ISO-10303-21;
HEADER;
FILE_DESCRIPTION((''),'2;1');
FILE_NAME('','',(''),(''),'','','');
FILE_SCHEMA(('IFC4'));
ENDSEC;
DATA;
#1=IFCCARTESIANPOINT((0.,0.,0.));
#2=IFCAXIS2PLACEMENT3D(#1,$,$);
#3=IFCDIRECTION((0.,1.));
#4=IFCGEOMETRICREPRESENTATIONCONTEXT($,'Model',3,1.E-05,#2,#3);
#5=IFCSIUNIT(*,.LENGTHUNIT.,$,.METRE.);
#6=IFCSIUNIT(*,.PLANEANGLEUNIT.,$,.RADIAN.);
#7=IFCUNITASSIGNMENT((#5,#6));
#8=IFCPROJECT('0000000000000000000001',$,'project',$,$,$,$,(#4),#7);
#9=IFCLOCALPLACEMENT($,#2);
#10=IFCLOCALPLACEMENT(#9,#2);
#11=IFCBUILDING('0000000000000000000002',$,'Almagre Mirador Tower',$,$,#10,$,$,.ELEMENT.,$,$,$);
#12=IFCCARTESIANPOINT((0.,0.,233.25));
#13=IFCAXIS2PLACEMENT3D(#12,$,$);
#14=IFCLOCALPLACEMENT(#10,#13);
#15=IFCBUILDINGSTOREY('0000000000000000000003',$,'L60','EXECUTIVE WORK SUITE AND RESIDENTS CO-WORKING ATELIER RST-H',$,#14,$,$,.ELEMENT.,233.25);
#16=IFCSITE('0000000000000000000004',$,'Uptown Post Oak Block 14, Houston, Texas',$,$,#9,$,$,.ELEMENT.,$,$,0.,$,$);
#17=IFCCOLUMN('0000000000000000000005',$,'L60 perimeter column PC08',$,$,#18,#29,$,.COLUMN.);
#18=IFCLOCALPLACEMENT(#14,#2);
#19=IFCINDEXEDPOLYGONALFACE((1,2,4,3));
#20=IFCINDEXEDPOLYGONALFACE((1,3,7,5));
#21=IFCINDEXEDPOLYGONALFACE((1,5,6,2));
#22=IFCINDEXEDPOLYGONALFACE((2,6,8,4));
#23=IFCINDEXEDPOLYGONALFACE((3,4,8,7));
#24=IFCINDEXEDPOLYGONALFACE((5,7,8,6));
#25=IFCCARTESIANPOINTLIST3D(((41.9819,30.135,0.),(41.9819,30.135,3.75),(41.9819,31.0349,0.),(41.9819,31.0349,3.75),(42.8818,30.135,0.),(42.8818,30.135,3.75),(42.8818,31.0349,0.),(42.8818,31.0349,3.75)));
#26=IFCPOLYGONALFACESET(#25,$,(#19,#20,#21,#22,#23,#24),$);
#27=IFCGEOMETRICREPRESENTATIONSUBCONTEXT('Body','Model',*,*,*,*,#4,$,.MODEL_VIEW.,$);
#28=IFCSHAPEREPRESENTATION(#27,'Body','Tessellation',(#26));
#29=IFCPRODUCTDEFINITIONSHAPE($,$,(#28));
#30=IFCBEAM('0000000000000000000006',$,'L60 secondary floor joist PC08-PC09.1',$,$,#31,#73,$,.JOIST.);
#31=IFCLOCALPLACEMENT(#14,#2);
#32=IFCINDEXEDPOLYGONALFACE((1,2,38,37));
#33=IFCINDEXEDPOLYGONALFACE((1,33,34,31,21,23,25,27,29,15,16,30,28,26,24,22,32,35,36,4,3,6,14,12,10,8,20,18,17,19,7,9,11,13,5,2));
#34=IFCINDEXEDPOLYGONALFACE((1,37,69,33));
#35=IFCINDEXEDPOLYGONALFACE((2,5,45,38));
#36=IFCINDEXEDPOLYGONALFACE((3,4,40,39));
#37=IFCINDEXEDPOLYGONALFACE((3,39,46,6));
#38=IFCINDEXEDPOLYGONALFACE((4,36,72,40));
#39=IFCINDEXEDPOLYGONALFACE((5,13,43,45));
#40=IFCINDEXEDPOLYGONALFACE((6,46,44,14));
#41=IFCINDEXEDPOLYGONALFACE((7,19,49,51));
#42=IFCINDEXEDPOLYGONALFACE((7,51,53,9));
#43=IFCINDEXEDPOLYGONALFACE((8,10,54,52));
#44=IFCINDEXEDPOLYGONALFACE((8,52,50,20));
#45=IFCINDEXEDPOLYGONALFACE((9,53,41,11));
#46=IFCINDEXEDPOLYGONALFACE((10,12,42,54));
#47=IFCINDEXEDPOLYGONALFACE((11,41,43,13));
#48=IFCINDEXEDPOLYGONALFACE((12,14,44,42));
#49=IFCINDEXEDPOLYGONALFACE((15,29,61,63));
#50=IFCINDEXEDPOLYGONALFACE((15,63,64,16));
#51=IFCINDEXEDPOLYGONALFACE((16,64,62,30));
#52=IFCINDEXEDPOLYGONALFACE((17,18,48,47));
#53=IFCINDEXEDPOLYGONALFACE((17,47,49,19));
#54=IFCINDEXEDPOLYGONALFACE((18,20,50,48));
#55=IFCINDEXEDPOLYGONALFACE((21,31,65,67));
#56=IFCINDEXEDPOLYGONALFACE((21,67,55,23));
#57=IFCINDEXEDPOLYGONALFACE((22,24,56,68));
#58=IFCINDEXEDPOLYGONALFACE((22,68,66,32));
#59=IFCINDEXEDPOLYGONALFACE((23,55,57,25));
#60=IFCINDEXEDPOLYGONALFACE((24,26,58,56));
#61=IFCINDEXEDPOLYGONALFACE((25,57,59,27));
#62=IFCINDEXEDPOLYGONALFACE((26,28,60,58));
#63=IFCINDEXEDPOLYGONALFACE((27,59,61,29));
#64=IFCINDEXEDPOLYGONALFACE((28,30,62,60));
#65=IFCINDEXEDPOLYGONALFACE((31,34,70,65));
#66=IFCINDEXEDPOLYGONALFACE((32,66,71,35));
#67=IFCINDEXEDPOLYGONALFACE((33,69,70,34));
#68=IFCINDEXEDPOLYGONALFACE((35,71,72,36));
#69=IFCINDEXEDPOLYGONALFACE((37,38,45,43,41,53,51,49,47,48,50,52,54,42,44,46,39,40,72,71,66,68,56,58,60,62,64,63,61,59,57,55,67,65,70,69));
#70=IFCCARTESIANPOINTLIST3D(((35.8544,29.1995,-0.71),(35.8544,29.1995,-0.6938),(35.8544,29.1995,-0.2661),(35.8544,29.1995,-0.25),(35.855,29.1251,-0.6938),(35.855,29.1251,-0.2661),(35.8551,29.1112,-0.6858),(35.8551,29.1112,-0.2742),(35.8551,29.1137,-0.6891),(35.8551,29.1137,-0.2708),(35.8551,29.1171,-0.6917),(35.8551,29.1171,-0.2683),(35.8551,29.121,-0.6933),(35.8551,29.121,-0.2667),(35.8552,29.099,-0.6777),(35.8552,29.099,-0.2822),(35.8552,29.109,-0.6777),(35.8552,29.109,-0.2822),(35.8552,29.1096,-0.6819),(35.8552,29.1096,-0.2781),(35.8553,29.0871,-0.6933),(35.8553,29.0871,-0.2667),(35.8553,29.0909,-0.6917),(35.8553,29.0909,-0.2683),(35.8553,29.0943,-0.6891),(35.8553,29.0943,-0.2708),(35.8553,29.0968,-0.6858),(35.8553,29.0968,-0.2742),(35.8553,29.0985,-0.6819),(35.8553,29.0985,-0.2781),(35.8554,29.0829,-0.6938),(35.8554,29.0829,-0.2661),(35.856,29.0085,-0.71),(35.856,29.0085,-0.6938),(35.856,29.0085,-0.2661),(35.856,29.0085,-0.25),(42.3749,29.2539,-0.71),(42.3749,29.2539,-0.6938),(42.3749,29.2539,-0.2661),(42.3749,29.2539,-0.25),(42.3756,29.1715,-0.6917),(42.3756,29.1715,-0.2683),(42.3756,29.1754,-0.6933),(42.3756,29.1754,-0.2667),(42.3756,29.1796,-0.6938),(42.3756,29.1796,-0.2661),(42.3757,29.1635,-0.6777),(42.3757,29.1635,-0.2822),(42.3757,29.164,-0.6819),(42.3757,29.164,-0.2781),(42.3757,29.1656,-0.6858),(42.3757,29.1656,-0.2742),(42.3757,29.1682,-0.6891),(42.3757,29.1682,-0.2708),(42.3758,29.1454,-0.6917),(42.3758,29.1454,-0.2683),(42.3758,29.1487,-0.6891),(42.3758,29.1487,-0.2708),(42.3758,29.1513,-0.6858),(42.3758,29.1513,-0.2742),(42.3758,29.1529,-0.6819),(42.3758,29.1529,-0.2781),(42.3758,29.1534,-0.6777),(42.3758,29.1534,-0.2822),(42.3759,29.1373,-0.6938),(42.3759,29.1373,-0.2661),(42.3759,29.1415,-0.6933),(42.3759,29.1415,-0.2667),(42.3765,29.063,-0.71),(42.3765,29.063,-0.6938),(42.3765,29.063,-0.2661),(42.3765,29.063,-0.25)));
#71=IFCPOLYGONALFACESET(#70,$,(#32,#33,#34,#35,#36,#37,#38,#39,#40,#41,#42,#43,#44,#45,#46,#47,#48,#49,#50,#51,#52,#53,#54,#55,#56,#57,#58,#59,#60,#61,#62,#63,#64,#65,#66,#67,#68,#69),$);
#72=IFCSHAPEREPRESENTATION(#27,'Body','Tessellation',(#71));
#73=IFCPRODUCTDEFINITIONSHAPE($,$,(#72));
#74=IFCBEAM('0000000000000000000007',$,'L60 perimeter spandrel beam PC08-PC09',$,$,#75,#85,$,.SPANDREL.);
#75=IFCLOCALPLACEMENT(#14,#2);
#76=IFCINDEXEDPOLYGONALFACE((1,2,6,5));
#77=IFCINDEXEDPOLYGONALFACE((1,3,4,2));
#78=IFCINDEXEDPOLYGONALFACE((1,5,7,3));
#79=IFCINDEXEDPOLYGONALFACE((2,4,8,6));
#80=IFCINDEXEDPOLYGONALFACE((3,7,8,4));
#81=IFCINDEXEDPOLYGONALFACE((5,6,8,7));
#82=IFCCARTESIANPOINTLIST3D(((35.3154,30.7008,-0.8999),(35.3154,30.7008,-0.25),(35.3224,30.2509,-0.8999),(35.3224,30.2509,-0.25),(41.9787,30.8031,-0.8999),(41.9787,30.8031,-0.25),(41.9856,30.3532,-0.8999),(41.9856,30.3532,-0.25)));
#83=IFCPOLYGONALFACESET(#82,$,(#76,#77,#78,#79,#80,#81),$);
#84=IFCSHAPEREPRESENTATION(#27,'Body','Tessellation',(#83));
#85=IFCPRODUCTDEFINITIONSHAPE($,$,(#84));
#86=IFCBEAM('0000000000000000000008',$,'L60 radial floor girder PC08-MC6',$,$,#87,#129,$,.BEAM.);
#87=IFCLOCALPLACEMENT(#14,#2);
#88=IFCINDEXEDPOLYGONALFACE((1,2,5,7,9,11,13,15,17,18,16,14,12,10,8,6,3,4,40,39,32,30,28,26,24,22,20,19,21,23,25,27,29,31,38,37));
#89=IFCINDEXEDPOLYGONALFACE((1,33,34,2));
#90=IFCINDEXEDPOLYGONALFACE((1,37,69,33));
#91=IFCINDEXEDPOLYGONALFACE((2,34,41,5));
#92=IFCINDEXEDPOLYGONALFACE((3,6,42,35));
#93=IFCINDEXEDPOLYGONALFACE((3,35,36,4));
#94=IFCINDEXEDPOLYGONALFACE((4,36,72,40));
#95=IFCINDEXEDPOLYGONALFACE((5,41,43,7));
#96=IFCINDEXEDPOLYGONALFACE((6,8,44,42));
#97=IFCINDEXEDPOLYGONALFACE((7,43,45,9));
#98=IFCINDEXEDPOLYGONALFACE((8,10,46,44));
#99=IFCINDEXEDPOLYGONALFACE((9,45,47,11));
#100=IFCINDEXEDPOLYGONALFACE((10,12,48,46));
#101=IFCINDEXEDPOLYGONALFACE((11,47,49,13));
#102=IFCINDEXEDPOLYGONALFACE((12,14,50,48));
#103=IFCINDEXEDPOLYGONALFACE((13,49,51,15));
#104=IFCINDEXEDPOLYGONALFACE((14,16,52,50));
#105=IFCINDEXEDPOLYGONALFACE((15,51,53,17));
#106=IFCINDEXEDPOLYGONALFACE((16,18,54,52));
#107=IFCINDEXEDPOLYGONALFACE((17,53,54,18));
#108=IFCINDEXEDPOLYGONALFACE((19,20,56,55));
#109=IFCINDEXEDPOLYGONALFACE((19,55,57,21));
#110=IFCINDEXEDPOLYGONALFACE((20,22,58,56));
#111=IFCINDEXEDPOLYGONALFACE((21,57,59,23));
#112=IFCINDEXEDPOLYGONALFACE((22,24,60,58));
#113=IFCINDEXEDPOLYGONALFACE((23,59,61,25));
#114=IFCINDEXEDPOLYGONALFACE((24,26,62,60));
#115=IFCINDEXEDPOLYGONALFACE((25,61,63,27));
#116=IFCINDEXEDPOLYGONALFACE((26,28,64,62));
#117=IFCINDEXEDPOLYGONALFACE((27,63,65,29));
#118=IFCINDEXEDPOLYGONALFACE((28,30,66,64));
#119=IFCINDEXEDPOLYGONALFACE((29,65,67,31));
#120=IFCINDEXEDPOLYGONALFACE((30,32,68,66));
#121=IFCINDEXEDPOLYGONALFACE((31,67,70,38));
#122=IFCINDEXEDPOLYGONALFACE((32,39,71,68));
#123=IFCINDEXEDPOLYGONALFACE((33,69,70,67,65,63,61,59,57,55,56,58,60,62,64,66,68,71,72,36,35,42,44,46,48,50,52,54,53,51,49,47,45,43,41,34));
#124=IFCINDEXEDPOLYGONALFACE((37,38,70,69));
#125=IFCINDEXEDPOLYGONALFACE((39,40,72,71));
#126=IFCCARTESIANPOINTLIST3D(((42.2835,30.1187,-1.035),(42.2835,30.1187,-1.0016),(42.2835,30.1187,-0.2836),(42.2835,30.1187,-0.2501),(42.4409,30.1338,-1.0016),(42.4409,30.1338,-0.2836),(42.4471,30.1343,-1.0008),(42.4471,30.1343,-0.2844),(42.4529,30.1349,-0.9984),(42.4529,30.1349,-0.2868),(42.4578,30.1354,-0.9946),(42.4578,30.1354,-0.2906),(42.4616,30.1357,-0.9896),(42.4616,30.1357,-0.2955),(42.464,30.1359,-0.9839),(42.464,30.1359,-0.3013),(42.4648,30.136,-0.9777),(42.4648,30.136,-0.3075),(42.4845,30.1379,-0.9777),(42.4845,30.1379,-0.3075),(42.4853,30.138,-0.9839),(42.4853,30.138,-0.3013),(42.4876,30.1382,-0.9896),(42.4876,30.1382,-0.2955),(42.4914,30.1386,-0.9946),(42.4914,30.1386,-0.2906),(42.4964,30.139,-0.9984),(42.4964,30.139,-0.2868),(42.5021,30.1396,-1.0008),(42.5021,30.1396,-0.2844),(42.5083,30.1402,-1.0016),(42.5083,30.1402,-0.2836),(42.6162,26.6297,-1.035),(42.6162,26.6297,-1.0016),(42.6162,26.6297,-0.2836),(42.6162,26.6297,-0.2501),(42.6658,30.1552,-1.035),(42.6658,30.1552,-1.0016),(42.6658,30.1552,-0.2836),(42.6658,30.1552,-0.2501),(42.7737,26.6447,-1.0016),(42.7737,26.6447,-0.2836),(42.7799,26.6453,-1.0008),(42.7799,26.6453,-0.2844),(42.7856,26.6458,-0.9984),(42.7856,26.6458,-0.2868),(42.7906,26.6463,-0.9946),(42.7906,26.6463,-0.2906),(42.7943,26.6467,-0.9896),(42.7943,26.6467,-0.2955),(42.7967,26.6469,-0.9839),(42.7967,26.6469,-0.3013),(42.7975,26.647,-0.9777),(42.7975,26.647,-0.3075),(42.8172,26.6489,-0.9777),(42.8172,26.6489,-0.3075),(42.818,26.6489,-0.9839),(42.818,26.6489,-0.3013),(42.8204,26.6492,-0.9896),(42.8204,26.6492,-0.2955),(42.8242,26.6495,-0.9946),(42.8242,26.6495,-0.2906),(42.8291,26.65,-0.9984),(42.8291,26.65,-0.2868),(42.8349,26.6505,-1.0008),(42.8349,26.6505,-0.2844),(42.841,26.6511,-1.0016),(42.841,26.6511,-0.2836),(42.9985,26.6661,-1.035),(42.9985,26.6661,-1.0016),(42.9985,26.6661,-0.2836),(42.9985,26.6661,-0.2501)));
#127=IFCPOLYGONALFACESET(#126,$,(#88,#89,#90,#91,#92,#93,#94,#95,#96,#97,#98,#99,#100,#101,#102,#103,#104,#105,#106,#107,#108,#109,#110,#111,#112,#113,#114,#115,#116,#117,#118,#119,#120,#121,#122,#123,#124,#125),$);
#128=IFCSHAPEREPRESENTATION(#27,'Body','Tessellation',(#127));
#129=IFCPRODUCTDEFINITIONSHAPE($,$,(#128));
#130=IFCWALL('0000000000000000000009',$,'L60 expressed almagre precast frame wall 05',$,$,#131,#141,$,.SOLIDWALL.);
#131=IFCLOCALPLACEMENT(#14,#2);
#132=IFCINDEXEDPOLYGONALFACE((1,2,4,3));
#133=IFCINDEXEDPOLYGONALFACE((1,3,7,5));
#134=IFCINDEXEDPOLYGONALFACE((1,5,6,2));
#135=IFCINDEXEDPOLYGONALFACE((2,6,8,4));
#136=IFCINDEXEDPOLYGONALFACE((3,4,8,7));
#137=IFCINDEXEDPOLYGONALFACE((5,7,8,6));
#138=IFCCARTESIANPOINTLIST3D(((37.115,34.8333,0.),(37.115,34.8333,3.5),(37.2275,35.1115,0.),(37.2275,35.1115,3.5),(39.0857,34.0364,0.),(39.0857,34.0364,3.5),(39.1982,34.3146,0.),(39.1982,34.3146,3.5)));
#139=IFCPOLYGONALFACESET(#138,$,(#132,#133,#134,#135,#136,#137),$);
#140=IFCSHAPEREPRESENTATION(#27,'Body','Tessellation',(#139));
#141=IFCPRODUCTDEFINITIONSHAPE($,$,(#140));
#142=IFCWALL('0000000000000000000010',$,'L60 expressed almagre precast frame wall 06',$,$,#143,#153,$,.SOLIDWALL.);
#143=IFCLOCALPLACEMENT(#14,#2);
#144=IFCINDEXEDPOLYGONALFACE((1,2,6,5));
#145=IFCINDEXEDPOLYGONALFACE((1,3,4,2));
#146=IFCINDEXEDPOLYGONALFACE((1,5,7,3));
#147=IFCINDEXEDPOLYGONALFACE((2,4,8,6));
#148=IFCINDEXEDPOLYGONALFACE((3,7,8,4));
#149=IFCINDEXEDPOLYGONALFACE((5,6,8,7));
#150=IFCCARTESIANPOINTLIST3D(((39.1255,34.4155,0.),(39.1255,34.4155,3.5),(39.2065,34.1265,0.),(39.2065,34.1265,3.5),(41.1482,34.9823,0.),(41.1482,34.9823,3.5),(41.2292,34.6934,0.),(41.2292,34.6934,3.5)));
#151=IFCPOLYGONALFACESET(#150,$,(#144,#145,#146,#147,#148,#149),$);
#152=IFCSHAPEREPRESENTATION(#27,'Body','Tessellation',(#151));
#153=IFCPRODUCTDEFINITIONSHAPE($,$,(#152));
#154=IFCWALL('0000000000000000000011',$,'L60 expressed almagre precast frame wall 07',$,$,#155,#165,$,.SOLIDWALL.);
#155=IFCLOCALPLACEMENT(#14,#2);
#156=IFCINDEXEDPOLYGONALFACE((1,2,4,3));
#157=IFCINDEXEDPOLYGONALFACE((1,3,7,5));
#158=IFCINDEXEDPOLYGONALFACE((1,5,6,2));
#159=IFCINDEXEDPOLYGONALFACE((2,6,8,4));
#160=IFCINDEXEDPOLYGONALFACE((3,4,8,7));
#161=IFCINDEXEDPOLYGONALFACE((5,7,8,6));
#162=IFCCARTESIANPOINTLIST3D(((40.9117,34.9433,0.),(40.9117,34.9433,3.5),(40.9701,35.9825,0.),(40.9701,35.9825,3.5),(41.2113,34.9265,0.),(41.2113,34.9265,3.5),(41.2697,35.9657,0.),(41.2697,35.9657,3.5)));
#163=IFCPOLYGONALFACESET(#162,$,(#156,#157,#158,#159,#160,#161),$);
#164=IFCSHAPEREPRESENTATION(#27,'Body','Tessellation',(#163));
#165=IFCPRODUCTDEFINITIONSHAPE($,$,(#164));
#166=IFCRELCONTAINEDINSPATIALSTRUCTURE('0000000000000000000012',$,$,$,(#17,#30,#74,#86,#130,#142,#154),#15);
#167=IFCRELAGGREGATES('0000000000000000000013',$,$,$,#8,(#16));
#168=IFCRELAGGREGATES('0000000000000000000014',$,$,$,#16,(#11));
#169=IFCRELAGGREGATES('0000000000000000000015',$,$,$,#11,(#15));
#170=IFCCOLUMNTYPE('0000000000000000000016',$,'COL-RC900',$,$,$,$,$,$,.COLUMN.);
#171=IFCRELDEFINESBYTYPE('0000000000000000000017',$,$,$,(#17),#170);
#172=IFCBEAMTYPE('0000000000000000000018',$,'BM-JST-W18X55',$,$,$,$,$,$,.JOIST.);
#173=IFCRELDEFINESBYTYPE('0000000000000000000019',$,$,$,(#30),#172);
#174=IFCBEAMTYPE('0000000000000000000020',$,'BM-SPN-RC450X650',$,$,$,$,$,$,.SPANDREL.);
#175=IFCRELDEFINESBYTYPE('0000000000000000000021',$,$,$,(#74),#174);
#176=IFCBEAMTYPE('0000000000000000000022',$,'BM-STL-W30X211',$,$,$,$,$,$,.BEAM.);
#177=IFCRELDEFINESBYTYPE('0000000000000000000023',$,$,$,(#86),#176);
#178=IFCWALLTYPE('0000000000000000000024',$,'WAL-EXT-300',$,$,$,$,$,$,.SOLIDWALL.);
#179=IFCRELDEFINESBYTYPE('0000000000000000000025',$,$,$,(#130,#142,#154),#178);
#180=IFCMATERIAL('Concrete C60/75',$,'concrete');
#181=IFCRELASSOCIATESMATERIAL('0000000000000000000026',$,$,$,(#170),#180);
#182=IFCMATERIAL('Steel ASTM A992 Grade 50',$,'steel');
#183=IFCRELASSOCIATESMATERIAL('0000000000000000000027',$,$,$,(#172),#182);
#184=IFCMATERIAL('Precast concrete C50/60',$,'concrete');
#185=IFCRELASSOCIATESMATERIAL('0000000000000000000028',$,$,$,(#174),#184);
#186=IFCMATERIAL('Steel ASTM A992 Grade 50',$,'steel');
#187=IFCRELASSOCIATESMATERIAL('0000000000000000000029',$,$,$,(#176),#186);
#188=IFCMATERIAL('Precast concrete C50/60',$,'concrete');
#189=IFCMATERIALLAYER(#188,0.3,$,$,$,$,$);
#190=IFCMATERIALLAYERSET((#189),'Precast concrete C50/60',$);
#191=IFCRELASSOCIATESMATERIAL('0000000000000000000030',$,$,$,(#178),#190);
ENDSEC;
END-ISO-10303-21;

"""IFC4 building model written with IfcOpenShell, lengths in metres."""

from ifc_helpers import new_model, si_unit, direction, frame, frame_2d, origin, origin_2d, place, context, subcontext, project, spatial, rectangle, i_section, extrude, material, layer, layer_set, material_profile, profile_set, type_object, element, save


model = new_model("IFC4")

# Units and contexts
model_context = context("Model", 3, precision=1e-05, world=origin(), true_north=direction((0.0, 1.0)))
body_context = subcontext(model_context, "Body", "Model", "MODEL_VIEW")
ifc_project = project(units=[si_unit("LENGTHUNIT", "METRE"), si_unit("PLANEANGLEUNIT", "RADIAN")], contexts=[model_context])

# Site, building, storey
site_placement = place(None, origin())
site = spatial("IfcSite", under=ifc_project, at=site_placement, Name="Uptown Post Oak Block 14, Houston, Texas", CompositionType="ELEMENT", RefElevation=0.0)
building_placement = place(site_placement, origin())
building = spatial("IfcBuilding", under=site, at=building_placement, Name="Almagre Mirador Tower", CompositionType="ELEMENT")
storey_placement = place(building_placement, frame((0.0, 0.0, 233.25)))
storey = spatial("IfcBuildingStorey", under=building, at=storey_placement, Name="L60", Description="EXECUTIVE WORK SUITE AND RESIDENTS CO-WORKING ATELIER RST-H", CompositionType="ELEMENT", Elevation=233.25)

# Column
ifc_material_1 = material(Name="Concrete C60/75", Category="concrete")
ifc_material_profile_1 = material_profile(ifc_material_1, rectangle(XDim=0.8999, YDim=0.8999, at=origin_2d()), Name="RC900X900")
ifc_profile_set_1 = profile_set([ifc_material_profile_1], Name="Concrete C60/75")
column_type = type_object("IfcColumnType", Name="COL-RC900", PredefinedType="COLUMN", material=ifc_profile_set_1)
column_placement = place(storey_placement, frame((42.4319, 30.585, 0.0), z_axis=(0.0, 0.0, 1.0), x_axis=(1.0, 0.0, 0.0)))
element("IfcColumn", 1, at=column_placement, inside=storey, type_object=column_type, Name="L60 perimeter column PC08", PredefinedType="COLUMN", context=body_context, shape_type="SweptSolid", body=[
    extrude(rectangle(XDim=0.8999, YDim=0.8999, at=origin_2d()), origin(), (0.0, 0.0, 1.0), 3.75),
])

# Beams
ifc_material_2 = material(Name="Steel ASTM A992 Grade 50", Category="steel")
ifc_material_profile_2 = material_profile(ifc_material_2, i_section(OverallWidth=0.1909, OverallDepth=0.46, WebThickness=0.01, FlangeThickness=0.0161, FilletRadius=0.0161, at=origin_2d()), Name="W18X55")
ifc_profile_set_2 = profile_set([ifc_material_profile_2], Name="Steel ASTM A992 Grade 50")
beam_type_1 = type_object("IfcBeamType", Name="BM-JST-W18X55", PredefinedType="JOIST", material=ifc_profile_set_2)
beam_1_placement = place(storey_placement, frame((42.3757, 29.1584, -0.48), z_axis=(-0.999965, -0.008349, 0.0), x_axis=(0.008349, -0.999965, 0.0)))
element("IfcBeam", 2, at=beam_1_placement, inside=storey, type_object=beam_type_1, Name="L60 secondary floor joist PC08-PC09.1", PredefinedType="JOIST", context=body_context, shape_type="SweptSolid", body=[
    extrude(i_section(OverallWidth=0.1909, OverallDepth=0.46, WebThickness=0.01, FlangeThickness=0.0161, FilletRadius=0.0161, at=origin_2d()), origin(), (0.0, 0.0, 1.0), 6.5208),
])
ifc_material_3 = material(Name="Precast concrete C50/60", Category="concrete")
ifc_material_profile_3 = material_profile(ifc_material_3, rectangle(XDim=0.45, YDim=0.6499, at=origin_2d()), Name="RC450X650")
ifc_profile_set_3 = profile_set([ifc_material_profile_3], Name="Precast concrete C50/60")
beam_type_2 = type_object("IfcBeamType", Name="BM-SPN-RC450X650", PredefinedType="SPANDREL", material=ifc_profile_set_3)
beam_2_placement = place(storey_placement, frame((41.9822, 30.5781, -0.575), z_axis=(-0.999882, -0.01535, 0.0), x_axis=(0.01535, -0.999882, 0.0)))
element("IfcBeam", 3, at=beam_2_placement, inside=storey, type_object=beam_type_2, Name="L60 perimeter spandrel beam PC08-PC09", PredefinedType="SPANDREL", context=body_context, shape_type="SweptSolid", body=[
    extrude(rectangle(XDim=0.45, YDim=0.6499, at=origin_2d()), origin(), (0.0, 0.0, 1.0), 6.6641),
])
ifc_material_4 = material(Name="Steel ASTM A992 Grade 50", Category="steel")
ifc_material_profile_4 = material_profile(ifc_material_4, i_section(OverallWidth=0.384, OverallDepth=0.7849, WebThickness=0.0198, FlangeThickness=0.0334, FilletRadius=0.0239, at=origin_2d()), Name="W30X211")
ifc_profile_set_4 = profile_set([ifc_material_profile_4], Name="Steel ASTM A992 Grade 50")
beam_type_3 = type_object("IfcBeamType", Name="BM-STL-W30X211", PredefinedType="BEAM", material=ifc_profile_set_4)
beam_3_placement = place(storey_placement, frame((42.4746, 30.137, -0.6426), z_axis=(0.094944, -0.995483, 0.0), x_axis=(0.995483, 0.094944, 0.0)))
element("IfcBeam", 4, at=beam_3_placement, inside=storey, type_object=beam_type_3, Name="L60 radial floor girder PC08-MC6", PredefinedType="BEAM", context=body_context, shape_type="SweptSolid", body=[
    extrude(i_section(OverallWidth=0.384, OverallDepth=0.7849, WebThickness=0.0198, FlangeThickness=0.0334, FilletRadius=0.0239, at=origin_2d()), origin(), (0.0, 0.0, 1.0), 3.5049),
])

# Walls
ifc_material_5 = material(Name="Precast concrete C50/60", Category="concrete")
ifc_layer_1 = layer(ifc_material_5, 0.3)
ifc_layer_set_1 = layer_set([ifc_layer_1], Name="Precast concrete C50/60")
wall_type_1 = type_object("IfcWallType", Name="WAL-EXT-300", PredefinedType="SOLIDWALL", material=ifc_layer_set_1)
wall_1_placement = place(storey_placement, frame((37.1711, 34.9724, 0.0), z_axis=(0.0, 0.0, 1.0), x_axis=(0.927076, -0.374873, 0.0)))
element("IfcWall", 5, at=wall_1_placement, inside=storey, type_object=wall_type_1, Name="L60 expressed almagre precast frame wall 05", PredefinedType="SOLIDWALL", context=body_context, shape_type="SweptSolid", body=[
    extrude(rectangle(XDim=2.1257, YDim=0.3, at=frame_2d((1.063, 0.0))), origin(), (0.0, 0.0, 1.0), 3.5),
])
wall_2_placement = place(storey_placement, frame((39.166, 34.271, 0.0), z_axis=(0.0, 0.0, 1.0), x_axis=(0.962898, 0.269867, 0.0)))
element("IfcWall", 6, at=wall_2_placement, inside=storey, type_object=wall_type_1, Name="L60 expressed almagre precast frame wall 06", PredefinedType="SOLIDWALL", context=body_context, shape_type="SweptSolid", body=[
    extrude(rectangle(XDim=2.1006, YDim=0.3, at=frame_2d((1.0503, 0.0))), origin(), (0.0, 0.0, 1.0), 3.5),
])
wall_3_placement = place(storey_placement, frame((41.0615, 34.9348, 0.0), z_axis=(0.0, 0.0, 1.0), x_axis=(0.056068, 0.998427, 0.0)))
element("IfcWall", 7, at=wall_3_placement, inside=storey, type_object=wall_type_1, Name="L60 expressed almagre precast frame wall 07", PredefinedType="SOLIDWALL", context=body_context, shape_type="SweptSolid", body=[
    extrude(rectangle(XDim=1.0408, YDim=0.3, at=frame_2d((0.5205, 0.0))), origin(), (0.0, 0.0, 1.0), 3.5),
])

save(model, "model.ifc")
